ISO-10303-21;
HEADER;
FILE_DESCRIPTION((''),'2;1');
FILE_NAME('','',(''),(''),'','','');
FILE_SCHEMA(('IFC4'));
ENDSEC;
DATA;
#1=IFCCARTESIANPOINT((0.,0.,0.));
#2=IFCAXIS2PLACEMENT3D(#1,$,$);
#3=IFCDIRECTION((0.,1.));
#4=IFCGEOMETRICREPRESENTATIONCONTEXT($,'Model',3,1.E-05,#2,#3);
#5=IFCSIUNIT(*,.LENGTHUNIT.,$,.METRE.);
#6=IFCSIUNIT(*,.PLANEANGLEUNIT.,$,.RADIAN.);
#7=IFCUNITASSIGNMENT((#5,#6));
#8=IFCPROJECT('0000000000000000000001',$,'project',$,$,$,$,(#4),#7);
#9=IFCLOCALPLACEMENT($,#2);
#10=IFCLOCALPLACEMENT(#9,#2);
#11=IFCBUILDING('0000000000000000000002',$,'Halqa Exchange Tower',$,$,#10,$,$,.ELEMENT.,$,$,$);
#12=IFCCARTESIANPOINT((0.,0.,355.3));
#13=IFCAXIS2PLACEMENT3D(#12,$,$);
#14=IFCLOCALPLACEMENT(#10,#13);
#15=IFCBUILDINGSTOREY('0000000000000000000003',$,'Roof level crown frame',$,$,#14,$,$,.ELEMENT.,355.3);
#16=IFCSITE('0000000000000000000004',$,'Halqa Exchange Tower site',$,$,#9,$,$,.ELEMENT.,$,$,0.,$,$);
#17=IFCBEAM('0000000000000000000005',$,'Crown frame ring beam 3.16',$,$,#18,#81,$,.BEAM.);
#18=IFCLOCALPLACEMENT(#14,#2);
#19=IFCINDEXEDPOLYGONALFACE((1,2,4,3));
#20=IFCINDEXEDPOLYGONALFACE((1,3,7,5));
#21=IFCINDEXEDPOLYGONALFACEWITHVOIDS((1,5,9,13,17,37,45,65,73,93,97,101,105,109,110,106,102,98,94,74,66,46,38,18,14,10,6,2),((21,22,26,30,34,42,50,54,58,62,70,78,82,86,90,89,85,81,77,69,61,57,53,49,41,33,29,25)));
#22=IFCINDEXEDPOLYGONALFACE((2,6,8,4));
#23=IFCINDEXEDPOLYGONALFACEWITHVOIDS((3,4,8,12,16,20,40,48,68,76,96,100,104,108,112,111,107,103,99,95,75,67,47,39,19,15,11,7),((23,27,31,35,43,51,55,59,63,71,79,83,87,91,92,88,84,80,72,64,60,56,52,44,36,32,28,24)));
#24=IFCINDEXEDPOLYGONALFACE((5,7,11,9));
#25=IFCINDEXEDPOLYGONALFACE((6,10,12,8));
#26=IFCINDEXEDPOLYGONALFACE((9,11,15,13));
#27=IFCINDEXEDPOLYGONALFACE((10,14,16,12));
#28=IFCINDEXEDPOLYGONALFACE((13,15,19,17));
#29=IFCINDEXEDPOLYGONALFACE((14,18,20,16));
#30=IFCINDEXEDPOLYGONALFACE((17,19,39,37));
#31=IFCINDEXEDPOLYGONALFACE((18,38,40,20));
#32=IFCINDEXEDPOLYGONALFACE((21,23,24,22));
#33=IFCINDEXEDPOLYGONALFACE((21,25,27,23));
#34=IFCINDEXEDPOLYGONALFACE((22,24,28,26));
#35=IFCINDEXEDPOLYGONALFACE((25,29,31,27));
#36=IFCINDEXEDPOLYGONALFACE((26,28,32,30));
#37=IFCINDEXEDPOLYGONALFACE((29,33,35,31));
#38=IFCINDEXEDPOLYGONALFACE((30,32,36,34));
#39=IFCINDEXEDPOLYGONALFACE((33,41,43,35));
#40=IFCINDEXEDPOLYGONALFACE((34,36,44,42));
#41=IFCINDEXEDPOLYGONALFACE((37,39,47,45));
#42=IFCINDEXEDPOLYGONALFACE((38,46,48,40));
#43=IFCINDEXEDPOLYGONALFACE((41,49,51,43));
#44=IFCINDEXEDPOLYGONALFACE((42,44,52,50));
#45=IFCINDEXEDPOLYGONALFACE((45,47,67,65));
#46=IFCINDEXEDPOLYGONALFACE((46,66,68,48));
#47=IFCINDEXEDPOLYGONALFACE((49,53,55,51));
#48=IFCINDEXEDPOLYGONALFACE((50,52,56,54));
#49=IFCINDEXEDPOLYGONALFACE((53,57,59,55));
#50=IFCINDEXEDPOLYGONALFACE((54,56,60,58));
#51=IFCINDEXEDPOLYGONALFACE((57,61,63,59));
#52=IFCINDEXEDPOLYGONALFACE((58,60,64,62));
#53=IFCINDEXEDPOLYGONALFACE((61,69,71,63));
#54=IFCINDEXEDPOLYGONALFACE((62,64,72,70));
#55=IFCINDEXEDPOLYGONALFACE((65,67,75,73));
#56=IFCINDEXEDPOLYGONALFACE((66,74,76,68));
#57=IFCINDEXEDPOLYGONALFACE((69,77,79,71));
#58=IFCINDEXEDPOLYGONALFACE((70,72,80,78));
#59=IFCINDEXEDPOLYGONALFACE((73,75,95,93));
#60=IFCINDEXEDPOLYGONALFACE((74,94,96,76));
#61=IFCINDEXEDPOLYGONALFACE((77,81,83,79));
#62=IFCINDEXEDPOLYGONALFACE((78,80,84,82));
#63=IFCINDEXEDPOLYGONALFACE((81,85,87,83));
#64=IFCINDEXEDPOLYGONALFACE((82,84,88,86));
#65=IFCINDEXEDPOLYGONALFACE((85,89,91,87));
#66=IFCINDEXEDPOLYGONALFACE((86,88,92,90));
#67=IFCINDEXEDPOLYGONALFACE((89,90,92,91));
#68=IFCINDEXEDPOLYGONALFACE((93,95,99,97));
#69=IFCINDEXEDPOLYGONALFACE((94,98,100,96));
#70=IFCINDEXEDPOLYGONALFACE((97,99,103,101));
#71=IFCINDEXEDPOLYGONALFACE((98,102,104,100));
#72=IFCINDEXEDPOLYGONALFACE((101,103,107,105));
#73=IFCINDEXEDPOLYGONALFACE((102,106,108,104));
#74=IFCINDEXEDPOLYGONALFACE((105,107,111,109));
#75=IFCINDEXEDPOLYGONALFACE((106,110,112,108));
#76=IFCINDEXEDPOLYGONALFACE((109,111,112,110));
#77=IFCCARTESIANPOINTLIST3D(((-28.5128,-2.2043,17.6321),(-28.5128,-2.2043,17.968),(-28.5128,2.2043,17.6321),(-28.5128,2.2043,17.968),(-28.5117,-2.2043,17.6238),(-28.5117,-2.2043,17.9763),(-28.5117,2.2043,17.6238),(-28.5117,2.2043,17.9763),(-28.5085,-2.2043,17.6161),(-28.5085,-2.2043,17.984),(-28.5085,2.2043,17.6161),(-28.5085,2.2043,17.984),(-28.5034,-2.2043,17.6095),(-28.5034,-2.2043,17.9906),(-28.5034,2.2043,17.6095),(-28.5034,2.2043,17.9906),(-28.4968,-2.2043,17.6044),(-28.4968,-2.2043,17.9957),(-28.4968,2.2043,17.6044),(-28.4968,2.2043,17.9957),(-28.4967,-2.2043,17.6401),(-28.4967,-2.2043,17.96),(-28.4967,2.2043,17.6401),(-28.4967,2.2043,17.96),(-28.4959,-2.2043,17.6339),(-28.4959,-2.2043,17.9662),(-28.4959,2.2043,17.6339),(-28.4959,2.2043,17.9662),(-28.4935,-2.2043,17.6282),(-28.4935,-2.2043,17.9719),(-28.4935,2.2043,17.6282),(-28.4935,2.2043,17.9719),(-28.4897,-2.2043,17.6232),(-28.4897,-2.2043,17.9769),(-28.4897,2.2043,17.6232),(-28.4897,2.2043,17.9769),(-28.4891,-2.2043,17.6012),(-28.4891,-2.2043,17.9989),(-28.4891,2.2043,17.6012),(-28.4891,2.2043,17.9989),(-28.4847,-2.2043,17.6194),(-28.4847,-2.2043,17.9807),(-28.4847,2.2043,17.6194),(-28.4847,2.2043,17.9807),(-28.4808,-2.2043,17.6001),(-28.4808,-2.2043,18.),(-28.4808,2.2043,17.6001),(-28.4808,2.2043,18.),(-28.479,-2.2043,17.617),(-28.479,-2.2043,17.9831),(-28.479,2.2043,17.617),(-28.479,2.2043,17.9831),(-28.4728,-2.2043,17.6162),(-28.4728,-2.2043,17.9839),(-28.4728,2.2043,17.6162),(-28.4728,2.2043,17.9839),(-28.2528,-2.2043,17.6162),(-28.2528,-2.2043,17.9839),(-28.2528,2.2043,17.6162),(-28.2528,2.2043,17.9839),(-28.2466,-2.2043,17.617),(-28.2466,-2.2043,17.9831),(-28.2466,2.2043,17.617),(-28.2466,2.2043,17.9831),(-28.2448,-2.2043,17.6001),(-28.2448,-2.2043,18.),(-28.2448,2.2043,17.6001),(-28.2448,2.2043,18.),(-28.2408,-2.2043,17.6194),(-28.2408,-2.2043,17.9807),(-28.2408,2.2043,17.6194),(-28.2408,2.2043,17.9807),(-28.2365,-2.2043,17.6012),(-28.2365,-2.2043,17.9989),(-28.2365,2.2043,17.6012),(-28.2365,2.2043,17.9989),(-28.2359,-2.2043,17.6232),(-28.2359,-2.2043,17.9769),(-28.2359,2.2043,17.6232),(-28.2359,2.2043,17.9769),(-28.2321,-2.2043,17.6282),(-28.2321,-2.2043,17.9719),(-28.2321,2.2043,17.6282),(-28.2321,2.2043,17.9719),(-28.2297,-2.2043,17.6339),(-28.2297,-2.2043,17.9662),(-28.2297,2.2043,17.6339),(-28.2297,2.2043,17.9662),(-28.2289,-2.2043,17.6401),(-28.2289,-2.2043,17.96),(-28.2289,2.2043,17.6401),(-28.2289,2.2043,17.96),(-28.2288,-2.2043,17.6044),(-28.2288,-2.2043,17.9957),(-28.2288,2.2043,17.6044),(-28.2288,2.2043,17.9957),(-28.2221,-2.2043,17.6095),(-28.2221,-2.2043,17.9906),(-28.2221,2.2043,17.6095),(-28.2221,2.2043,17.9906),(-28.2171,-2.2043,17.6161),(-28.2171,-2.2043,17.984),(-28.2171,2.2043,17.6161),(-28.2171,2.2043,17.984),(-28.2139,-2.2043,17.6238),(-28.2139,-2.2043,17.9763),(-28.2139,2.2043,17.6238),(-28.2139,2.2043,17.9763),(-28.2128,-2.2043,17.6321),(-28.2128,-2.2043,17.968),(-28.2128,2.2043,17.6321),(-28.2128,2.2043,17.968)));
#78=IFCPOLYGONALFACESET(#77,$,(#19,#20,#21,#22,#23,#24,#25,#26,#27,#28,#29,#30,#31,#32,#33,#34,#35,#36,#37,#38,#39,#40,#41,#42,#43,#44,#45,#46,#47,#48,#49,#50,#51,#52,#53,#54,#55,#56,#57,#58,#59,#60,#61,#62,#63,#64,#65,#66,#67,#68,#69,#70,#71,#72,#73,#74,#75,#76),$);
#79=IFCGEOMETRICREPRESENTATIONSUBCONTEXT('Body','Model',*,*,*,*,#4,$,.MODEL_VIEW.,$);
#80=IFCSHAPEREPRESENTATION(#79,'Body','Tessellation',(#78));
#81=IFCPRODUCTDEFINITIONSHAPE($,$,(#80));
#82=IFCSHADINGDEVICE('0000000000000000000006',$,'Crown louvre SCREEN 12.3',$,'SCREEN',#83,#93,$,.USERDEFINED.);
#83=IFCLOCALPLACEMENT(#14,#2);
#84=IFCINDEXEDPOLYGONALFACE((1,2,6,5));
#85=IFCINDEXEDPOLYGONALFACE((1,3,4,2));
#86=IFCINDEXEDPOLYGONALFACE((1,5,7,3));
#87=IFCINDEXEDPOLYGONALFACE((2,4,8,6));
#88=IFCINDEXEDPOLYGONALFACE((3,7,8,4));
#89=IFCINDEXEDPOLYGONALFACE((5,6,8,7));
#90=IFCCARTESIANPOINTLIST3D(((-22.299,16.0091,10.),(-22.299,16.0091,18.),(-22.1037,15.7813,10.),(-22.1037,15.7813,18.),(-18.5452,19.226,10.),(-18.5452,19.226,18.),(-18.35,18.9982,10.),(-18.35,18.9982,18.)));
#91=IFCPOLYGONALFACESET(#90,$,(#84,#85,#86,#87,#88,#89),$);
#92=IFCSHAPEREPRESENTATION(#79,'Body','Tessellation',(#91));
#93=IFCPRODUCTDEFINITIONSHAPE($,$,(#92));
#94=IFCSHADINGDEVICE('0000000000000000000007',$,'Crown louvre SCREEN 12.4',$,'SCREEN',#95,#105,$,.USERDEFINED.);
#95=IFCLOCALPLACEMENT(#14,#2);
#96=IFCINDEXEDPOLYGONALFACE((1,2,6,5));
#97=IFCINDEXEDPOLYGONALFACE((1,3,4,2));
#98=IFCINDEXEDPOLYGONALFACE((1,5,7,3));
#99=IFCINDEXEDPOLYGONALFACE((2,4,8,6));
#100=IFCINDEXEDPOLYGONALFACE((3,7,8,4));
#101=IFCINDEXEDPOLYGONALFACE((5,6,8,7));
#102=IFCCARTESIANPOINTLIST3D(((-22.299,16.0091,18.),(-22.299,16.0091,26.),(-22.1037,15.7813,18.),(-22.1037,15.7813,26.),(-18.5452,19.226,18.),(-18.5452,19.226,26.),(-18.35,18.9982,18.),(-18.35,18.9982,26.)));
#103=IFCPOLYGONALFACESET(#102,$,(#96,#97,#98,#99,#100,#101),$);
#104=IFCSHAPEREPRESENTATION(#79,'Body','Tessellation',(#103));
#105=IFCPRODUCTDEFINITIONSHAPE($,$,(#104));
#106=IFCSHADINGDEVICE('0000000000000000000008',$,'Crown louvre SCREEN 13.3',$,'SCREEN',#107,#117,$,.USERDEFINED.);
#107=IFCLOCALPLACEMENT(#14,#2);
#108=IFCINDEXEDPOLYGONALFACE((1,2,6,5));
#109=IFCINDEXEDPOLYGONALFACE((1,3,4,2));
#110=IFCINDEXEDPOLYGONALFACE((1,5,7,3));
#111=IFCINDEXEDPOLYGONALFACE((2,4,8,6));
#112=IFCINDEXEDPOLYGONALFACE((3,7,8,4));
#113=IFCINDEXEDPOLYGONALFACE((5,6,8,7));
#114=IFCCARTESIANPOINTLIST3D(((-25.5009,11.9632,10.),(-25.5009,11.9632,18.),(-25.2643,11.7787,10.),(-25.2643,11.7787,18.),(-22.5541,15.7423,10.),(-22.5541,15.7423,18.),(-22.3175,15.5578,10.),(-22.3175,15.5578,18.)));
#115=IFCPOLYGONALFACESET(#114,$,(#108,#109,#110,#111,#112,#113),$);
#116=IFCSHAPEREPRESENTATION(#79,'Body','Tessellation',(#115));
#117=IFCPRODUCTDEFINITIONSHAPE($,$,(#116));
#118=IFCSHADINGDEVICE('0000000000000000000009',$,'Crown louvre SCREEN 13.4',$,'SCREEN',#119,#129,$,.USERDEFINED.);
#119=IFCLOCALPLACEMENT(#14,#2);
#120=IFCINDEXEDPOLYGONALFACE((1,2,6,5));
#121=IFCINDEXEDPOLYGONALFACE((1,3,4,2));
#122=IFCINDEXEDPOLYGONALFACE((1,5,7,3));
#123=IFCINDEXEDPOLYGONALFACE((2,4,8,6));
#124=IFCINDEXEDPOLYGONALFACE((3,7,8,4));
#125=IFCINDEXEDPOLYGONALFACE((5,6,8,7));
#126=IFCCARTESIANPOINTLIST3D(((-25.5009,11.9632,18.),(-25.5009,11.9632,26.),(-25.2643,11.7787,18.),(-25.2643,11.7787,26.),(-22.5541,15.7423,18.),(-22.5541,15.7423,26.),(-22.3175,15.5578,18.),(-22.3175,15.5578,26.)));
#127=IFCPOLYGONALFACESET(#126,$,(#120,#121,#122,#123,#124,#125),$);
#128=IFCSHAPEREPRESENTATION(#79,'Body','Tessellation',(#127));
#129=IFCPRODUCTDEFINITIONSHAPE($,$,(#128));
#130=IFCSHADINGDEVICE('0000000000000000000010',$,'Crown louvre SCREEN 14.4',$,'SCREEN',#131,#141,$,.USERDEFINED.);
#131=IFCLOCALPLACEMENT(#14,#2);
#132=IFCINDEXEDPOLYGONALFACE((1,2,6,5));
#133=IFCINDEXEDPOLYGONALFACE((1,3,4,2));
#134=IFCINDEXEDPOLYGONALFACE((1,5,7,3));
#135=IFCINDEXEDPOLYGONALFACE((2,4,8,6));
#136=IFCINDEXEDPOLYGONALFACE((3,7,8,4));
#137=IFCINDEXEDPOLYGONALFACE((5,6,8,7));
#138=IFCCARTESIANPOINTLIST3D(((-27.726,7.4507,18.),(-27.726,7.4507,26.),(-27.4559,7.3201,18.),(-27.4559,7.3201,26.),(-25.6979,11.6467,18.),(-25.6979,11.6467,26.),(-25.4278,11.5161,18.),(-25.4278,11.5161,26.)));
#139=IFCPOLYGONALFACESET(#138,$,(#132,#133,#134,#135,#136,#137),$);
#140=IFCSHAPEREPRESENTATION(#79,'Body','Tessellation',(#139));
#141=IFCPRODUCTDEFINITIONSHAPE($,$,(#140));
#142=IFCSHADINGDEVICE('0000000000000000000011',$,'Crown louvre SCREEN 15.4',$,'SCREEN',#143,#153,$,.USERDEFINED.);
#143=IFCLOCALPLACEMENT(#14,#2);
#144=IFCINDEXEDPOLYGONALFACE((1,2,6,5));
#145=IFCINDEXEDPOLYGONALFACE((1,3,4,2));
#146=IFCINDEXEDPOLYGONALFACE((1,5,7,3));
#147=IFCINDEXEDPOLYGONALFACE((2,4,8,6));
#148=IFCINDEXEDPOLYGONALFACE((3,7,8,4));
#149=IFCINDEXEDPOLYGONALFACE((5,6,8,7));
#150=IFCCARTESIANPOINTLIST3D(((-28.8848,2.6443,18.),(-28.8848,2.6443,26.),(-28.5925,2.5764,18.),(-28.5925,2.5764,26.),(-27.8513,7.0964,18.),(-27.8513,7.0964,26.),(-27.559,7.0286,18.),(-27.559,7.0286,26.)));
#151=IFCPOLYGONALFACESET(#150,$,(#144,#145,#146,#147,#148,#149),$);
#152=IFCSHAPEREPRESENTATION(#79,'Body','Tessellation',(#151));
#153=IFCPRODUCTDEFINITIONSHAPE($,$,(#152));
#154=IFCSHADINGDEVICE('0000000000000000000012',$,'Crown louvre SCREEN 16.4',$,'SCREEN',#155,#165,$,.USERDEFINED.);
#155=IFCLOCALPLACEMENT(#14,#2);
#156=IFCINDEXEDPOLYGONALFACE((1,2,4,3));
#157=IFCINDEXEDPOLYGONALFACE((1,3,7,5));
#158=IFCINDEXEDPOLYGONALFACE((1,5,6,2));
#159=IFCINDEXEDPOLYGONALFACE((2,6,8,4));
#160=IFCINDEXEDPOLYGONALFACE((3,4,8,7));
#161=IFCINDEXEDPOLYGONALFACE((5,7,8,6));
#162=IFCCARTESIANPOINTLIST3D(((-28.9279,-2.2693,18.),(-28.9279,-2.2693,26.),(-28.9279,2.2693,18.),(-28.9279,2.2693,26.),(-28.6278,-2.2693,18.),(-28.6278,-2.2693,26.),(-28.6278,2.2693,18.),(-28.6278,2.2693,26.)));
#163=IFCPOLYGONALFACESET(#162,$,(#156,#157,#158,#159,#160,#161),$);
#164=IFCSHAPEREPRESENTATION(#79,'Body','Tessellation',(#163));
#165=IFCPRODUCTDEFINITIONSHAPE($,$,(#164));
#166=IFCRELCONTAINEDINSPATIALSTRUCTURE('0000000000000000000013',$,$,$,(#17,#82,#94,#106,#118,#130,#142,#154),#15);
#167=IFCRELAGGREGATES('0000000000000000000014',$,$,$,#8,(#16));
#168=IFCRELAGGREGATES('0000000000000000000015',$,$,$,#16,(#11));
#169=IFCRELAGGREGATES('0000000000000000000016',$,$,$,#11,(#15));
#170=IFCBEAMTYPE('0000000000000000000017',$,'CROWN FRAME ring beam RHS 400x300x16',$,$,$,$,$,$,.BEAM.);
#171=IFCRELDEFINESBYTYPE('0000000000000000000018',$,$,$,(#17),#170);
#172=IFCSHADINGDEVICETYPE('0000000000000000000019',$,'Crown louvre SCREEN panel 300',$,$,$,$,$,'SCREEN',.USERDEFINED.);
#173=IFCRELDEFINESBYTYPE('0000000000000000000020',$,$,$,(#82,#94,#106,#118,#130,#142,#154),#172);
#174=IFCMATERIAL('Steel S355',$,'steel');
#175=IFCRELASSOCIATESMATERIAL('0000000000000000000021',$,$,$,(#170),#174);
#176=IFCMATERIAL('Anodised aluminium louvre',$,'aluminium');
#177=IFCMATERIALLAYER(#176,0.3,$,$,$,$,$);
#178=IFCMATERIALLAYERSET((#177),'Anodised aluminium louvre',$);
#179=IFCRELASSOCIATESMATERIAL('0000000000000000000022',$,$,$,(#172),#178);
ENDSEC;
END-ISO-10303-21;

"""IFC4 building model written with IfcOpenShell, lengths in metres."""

from ifc_helpers import new_model, si_unit, direction, frame, origin, origin_2d, place, context, subcontext, project, spatial, rectangle, hollow_rectangle, extrude, material, layer, layer_set, material_profile, profile_set, type_object, element, save


model = new_model("IFC4")

# Units and contexts
model_context = context("Model", 3, precision=1e-05, world=origin(), true_north=direction((0.0, 1.0)))
body_context = subcontext(model_context, "Body", "Model", "MODEL_VIEW")
ifc_project = project(units=[si_unit("LENGTHUNIT", "METRE"), si_unit("PLANEANGLEUNIT", "RADIAN")], contexts=[model_context])

# Site, building, storey
site_placement = place(None, origin())
site = spatial("IfcSite", under=ifc_project, at=site_placement, Name="Halqa Exchange Tower site", CompositionType="ELEMENT", RefElevation=0.0)
building_placement = place(site_placement, origin())
building = spatial("IfcBuilding", under=site, at=building_placement, Name="Halqa Exchange Tower", CompositionType="ELEMENT")
storey_placement = place(building_placement, frame((0.0, 0.0, 355.3)))
storey = spatial("IfcBuildingStorey", under=building, at=storey_placement, Name="Roof level crown frame", CompositionType="ELEMENT", Elevation=355.3)

# Shared definitions
ifc_material_1 = material(Name="Steel S355", Category="steel")

# Beam
ifc_material_profile_1 = material_profile(ifc_material_1, hollow_rectangle(XDim=0.3, YDim=0.3999, WallThickness=0.0161, InnerFilletRadius=0.0239, OuterFilletRadius=0.032, at=origin_2d()), Name="RHS 400x300x16")
ifc_profile_set_1 = profile_set([ifc_material_profile_1], Name="Steel S355")
beam_type_1 = type_object("IfcBeamType", Name="CROWN FRAME ring beam RHS 400x300x16", PredefinedType="BEAM", material=ifc_profile_set_1)
beam_1_placement = place(storey_placement, frame((-28.3628, 2.2043, 17.8), z_axis=(0.0, -1.0, 0.0), x_axis=(1.0, 0.0, 0.0)))
element("IfcBeam", 1, at=beam_1_placement, inside=storey, type_object=beam_type_1, Name="Crown frame ring beam 3.16", PredefinedType="BEAM", context=body_context, shape_type="SweptSolid", body=[
    extrude(hollow_rectangle(XDim=0.3, YDim=0.3999, WallThickness=0.0161, InnerFilletRadius=0.0239, OuterFilletRadius=0.032, at=origin_2d()), origin(), (0.0, 0.0, 1.0), 4.4087),
])

# Shading devices
ifc_material_2 = material(Name="Anodised aluminium louvre", Category="aluminium")
ifc_layer = layer(ifc_material_2, 0.3)
ifc_layer_set = layer_set([ifc_layer], Name="Anodised aluminium louvre")
shading_device_type = type_object("IfcShadingDeviceType", Name="Crown louvre SCREEN panel 300", ElementType="SCREEN", PredefinedType="USERDEFINED", material=ifc_layer_set)
for number, where, z_axis, x_axis, name in (
    (2, (-20.3245, 17.5037, 10.0), (0.0, 0.0, 1.0), (-0.759318, -0.65072, 0.0), "Crown louvre SCREEN 12.3"),
    (3, (-20.3245, 17.5037, 18.0), (0.0, 0.0, 1.0), (-0.759318, -0.65072, 0.0), "Crown louvre SCREEN 12.4"),
):
    element("IfcShadingDevice", number, at=place(storey_placement, frame(where, z_axis=z_axis, x_axis=x_axis)), inside=storey, type_object=shading_device_type, Name=name, ObjectType="SCREEN", PredefinedType="USERDEFINED", context=body_context, shape_type="SweptSolid", body=[
        extrude(rectangle(XDim=4.9436, YDim=0.3, at=origin_2d()), origin(), (0.0, 0.0, 1.0), 8.0),
    ])
for number, where, z_axis, x_axis, name in (
    (4, (-23.9092, 13.7605, 10.0), (0.0, 0.0, 1.0), (-0.614908, -0.788599, 0.0), "Crown louvre SCREEN 13.3"),
    (5, (-23.9092, 13.7605, 18.0), (0.0, 0.0, 1.0), (-0.614908, -0.788599, 0.0), "Crown louvre SCREEN 13.4"),
):
    element("IfcShadingDevice", number, at=place(storey_placement, frame(where, z_axis=z_axis, x_axis=x_axis)), inside=storey, type_object=shading_device_type, Name=name, ObjectType="SCREEN", PredefinedType="USERDEFINED", context=body_context, shape_type="SweptSolid", body=[
        extrude(rectangle(XDim=4.7922, YDim=0.3, at=origin_2d()), origin(), (0.0, 0.0, 1.0), 8.0),
    ])
shading_device_1_placement = place(storey_placement, frame((-26.5769, 9.4834, 18.0), z_axis=(0.0, 0.0, 1.0), x_axis=(-0.435179, -0.900344, 0.0)))
element("IfcShadingDevice", 6, at=shading_device_1_placement, inside=storey, type_object=shading_device_type, Name="Crown louvre SCREEN 14.4", ObjectType="SCREEN", PredefinedType="USERDEFINED", context=body_context, shape_type="SweptSolid", body=[
    extrude(rectangle(XDim=4.6604, YDim=0.3, at=origin_2d()), origin(), (0.0, 0.0, 1.0), 8.0),
])
shading_device_2_placement = place(storey_placement, frame((-28.2219, 4.8364, 18.0), z_axis=(0.0, 0.0, 1.0), x_axis=(-0.226121, -0.974099, 0.0)))
element("IfcShadingDevice", 7, at=shading_device_2_placement, inside=storey, type_object=shading_device_type, Name="Crown louvre SCREEN 15.4", ObjectType="SCREEN", PredefinedType="USERDEFINED", context=body_context, shape_type="SweptSolid", body=[
    extrude(rectangle(XDim=4.5706, YDim=0.3, at=origin_2d()), origin(), (0.0, 0.0, 1.0), 8.0),
])
shading_device_3_placement = place(storey_placement, frame((-28.7778, 0.0, 18.0), z_axis=(0.0, 0.0, 1.0), x_axis=(0.0, -1.0, 0.0)))
element("IfcShadingDevice", 8, at=shading_device_3_placement, inside=storey, type_object=shading_device_type, Name="Crown louvre SCREEN 16.4", ObjectType="SCREEN", PredefinedType="USERDEFINED", context=body_context, shape_type="SweptSolid", body=[
    extrude(rectangle(XDim=4.5386, YDim=0.3, at=origin_2d()), origin(), (0.0, 0.0, 1.0), 8.0),
])

save(model, "model.ifc")
